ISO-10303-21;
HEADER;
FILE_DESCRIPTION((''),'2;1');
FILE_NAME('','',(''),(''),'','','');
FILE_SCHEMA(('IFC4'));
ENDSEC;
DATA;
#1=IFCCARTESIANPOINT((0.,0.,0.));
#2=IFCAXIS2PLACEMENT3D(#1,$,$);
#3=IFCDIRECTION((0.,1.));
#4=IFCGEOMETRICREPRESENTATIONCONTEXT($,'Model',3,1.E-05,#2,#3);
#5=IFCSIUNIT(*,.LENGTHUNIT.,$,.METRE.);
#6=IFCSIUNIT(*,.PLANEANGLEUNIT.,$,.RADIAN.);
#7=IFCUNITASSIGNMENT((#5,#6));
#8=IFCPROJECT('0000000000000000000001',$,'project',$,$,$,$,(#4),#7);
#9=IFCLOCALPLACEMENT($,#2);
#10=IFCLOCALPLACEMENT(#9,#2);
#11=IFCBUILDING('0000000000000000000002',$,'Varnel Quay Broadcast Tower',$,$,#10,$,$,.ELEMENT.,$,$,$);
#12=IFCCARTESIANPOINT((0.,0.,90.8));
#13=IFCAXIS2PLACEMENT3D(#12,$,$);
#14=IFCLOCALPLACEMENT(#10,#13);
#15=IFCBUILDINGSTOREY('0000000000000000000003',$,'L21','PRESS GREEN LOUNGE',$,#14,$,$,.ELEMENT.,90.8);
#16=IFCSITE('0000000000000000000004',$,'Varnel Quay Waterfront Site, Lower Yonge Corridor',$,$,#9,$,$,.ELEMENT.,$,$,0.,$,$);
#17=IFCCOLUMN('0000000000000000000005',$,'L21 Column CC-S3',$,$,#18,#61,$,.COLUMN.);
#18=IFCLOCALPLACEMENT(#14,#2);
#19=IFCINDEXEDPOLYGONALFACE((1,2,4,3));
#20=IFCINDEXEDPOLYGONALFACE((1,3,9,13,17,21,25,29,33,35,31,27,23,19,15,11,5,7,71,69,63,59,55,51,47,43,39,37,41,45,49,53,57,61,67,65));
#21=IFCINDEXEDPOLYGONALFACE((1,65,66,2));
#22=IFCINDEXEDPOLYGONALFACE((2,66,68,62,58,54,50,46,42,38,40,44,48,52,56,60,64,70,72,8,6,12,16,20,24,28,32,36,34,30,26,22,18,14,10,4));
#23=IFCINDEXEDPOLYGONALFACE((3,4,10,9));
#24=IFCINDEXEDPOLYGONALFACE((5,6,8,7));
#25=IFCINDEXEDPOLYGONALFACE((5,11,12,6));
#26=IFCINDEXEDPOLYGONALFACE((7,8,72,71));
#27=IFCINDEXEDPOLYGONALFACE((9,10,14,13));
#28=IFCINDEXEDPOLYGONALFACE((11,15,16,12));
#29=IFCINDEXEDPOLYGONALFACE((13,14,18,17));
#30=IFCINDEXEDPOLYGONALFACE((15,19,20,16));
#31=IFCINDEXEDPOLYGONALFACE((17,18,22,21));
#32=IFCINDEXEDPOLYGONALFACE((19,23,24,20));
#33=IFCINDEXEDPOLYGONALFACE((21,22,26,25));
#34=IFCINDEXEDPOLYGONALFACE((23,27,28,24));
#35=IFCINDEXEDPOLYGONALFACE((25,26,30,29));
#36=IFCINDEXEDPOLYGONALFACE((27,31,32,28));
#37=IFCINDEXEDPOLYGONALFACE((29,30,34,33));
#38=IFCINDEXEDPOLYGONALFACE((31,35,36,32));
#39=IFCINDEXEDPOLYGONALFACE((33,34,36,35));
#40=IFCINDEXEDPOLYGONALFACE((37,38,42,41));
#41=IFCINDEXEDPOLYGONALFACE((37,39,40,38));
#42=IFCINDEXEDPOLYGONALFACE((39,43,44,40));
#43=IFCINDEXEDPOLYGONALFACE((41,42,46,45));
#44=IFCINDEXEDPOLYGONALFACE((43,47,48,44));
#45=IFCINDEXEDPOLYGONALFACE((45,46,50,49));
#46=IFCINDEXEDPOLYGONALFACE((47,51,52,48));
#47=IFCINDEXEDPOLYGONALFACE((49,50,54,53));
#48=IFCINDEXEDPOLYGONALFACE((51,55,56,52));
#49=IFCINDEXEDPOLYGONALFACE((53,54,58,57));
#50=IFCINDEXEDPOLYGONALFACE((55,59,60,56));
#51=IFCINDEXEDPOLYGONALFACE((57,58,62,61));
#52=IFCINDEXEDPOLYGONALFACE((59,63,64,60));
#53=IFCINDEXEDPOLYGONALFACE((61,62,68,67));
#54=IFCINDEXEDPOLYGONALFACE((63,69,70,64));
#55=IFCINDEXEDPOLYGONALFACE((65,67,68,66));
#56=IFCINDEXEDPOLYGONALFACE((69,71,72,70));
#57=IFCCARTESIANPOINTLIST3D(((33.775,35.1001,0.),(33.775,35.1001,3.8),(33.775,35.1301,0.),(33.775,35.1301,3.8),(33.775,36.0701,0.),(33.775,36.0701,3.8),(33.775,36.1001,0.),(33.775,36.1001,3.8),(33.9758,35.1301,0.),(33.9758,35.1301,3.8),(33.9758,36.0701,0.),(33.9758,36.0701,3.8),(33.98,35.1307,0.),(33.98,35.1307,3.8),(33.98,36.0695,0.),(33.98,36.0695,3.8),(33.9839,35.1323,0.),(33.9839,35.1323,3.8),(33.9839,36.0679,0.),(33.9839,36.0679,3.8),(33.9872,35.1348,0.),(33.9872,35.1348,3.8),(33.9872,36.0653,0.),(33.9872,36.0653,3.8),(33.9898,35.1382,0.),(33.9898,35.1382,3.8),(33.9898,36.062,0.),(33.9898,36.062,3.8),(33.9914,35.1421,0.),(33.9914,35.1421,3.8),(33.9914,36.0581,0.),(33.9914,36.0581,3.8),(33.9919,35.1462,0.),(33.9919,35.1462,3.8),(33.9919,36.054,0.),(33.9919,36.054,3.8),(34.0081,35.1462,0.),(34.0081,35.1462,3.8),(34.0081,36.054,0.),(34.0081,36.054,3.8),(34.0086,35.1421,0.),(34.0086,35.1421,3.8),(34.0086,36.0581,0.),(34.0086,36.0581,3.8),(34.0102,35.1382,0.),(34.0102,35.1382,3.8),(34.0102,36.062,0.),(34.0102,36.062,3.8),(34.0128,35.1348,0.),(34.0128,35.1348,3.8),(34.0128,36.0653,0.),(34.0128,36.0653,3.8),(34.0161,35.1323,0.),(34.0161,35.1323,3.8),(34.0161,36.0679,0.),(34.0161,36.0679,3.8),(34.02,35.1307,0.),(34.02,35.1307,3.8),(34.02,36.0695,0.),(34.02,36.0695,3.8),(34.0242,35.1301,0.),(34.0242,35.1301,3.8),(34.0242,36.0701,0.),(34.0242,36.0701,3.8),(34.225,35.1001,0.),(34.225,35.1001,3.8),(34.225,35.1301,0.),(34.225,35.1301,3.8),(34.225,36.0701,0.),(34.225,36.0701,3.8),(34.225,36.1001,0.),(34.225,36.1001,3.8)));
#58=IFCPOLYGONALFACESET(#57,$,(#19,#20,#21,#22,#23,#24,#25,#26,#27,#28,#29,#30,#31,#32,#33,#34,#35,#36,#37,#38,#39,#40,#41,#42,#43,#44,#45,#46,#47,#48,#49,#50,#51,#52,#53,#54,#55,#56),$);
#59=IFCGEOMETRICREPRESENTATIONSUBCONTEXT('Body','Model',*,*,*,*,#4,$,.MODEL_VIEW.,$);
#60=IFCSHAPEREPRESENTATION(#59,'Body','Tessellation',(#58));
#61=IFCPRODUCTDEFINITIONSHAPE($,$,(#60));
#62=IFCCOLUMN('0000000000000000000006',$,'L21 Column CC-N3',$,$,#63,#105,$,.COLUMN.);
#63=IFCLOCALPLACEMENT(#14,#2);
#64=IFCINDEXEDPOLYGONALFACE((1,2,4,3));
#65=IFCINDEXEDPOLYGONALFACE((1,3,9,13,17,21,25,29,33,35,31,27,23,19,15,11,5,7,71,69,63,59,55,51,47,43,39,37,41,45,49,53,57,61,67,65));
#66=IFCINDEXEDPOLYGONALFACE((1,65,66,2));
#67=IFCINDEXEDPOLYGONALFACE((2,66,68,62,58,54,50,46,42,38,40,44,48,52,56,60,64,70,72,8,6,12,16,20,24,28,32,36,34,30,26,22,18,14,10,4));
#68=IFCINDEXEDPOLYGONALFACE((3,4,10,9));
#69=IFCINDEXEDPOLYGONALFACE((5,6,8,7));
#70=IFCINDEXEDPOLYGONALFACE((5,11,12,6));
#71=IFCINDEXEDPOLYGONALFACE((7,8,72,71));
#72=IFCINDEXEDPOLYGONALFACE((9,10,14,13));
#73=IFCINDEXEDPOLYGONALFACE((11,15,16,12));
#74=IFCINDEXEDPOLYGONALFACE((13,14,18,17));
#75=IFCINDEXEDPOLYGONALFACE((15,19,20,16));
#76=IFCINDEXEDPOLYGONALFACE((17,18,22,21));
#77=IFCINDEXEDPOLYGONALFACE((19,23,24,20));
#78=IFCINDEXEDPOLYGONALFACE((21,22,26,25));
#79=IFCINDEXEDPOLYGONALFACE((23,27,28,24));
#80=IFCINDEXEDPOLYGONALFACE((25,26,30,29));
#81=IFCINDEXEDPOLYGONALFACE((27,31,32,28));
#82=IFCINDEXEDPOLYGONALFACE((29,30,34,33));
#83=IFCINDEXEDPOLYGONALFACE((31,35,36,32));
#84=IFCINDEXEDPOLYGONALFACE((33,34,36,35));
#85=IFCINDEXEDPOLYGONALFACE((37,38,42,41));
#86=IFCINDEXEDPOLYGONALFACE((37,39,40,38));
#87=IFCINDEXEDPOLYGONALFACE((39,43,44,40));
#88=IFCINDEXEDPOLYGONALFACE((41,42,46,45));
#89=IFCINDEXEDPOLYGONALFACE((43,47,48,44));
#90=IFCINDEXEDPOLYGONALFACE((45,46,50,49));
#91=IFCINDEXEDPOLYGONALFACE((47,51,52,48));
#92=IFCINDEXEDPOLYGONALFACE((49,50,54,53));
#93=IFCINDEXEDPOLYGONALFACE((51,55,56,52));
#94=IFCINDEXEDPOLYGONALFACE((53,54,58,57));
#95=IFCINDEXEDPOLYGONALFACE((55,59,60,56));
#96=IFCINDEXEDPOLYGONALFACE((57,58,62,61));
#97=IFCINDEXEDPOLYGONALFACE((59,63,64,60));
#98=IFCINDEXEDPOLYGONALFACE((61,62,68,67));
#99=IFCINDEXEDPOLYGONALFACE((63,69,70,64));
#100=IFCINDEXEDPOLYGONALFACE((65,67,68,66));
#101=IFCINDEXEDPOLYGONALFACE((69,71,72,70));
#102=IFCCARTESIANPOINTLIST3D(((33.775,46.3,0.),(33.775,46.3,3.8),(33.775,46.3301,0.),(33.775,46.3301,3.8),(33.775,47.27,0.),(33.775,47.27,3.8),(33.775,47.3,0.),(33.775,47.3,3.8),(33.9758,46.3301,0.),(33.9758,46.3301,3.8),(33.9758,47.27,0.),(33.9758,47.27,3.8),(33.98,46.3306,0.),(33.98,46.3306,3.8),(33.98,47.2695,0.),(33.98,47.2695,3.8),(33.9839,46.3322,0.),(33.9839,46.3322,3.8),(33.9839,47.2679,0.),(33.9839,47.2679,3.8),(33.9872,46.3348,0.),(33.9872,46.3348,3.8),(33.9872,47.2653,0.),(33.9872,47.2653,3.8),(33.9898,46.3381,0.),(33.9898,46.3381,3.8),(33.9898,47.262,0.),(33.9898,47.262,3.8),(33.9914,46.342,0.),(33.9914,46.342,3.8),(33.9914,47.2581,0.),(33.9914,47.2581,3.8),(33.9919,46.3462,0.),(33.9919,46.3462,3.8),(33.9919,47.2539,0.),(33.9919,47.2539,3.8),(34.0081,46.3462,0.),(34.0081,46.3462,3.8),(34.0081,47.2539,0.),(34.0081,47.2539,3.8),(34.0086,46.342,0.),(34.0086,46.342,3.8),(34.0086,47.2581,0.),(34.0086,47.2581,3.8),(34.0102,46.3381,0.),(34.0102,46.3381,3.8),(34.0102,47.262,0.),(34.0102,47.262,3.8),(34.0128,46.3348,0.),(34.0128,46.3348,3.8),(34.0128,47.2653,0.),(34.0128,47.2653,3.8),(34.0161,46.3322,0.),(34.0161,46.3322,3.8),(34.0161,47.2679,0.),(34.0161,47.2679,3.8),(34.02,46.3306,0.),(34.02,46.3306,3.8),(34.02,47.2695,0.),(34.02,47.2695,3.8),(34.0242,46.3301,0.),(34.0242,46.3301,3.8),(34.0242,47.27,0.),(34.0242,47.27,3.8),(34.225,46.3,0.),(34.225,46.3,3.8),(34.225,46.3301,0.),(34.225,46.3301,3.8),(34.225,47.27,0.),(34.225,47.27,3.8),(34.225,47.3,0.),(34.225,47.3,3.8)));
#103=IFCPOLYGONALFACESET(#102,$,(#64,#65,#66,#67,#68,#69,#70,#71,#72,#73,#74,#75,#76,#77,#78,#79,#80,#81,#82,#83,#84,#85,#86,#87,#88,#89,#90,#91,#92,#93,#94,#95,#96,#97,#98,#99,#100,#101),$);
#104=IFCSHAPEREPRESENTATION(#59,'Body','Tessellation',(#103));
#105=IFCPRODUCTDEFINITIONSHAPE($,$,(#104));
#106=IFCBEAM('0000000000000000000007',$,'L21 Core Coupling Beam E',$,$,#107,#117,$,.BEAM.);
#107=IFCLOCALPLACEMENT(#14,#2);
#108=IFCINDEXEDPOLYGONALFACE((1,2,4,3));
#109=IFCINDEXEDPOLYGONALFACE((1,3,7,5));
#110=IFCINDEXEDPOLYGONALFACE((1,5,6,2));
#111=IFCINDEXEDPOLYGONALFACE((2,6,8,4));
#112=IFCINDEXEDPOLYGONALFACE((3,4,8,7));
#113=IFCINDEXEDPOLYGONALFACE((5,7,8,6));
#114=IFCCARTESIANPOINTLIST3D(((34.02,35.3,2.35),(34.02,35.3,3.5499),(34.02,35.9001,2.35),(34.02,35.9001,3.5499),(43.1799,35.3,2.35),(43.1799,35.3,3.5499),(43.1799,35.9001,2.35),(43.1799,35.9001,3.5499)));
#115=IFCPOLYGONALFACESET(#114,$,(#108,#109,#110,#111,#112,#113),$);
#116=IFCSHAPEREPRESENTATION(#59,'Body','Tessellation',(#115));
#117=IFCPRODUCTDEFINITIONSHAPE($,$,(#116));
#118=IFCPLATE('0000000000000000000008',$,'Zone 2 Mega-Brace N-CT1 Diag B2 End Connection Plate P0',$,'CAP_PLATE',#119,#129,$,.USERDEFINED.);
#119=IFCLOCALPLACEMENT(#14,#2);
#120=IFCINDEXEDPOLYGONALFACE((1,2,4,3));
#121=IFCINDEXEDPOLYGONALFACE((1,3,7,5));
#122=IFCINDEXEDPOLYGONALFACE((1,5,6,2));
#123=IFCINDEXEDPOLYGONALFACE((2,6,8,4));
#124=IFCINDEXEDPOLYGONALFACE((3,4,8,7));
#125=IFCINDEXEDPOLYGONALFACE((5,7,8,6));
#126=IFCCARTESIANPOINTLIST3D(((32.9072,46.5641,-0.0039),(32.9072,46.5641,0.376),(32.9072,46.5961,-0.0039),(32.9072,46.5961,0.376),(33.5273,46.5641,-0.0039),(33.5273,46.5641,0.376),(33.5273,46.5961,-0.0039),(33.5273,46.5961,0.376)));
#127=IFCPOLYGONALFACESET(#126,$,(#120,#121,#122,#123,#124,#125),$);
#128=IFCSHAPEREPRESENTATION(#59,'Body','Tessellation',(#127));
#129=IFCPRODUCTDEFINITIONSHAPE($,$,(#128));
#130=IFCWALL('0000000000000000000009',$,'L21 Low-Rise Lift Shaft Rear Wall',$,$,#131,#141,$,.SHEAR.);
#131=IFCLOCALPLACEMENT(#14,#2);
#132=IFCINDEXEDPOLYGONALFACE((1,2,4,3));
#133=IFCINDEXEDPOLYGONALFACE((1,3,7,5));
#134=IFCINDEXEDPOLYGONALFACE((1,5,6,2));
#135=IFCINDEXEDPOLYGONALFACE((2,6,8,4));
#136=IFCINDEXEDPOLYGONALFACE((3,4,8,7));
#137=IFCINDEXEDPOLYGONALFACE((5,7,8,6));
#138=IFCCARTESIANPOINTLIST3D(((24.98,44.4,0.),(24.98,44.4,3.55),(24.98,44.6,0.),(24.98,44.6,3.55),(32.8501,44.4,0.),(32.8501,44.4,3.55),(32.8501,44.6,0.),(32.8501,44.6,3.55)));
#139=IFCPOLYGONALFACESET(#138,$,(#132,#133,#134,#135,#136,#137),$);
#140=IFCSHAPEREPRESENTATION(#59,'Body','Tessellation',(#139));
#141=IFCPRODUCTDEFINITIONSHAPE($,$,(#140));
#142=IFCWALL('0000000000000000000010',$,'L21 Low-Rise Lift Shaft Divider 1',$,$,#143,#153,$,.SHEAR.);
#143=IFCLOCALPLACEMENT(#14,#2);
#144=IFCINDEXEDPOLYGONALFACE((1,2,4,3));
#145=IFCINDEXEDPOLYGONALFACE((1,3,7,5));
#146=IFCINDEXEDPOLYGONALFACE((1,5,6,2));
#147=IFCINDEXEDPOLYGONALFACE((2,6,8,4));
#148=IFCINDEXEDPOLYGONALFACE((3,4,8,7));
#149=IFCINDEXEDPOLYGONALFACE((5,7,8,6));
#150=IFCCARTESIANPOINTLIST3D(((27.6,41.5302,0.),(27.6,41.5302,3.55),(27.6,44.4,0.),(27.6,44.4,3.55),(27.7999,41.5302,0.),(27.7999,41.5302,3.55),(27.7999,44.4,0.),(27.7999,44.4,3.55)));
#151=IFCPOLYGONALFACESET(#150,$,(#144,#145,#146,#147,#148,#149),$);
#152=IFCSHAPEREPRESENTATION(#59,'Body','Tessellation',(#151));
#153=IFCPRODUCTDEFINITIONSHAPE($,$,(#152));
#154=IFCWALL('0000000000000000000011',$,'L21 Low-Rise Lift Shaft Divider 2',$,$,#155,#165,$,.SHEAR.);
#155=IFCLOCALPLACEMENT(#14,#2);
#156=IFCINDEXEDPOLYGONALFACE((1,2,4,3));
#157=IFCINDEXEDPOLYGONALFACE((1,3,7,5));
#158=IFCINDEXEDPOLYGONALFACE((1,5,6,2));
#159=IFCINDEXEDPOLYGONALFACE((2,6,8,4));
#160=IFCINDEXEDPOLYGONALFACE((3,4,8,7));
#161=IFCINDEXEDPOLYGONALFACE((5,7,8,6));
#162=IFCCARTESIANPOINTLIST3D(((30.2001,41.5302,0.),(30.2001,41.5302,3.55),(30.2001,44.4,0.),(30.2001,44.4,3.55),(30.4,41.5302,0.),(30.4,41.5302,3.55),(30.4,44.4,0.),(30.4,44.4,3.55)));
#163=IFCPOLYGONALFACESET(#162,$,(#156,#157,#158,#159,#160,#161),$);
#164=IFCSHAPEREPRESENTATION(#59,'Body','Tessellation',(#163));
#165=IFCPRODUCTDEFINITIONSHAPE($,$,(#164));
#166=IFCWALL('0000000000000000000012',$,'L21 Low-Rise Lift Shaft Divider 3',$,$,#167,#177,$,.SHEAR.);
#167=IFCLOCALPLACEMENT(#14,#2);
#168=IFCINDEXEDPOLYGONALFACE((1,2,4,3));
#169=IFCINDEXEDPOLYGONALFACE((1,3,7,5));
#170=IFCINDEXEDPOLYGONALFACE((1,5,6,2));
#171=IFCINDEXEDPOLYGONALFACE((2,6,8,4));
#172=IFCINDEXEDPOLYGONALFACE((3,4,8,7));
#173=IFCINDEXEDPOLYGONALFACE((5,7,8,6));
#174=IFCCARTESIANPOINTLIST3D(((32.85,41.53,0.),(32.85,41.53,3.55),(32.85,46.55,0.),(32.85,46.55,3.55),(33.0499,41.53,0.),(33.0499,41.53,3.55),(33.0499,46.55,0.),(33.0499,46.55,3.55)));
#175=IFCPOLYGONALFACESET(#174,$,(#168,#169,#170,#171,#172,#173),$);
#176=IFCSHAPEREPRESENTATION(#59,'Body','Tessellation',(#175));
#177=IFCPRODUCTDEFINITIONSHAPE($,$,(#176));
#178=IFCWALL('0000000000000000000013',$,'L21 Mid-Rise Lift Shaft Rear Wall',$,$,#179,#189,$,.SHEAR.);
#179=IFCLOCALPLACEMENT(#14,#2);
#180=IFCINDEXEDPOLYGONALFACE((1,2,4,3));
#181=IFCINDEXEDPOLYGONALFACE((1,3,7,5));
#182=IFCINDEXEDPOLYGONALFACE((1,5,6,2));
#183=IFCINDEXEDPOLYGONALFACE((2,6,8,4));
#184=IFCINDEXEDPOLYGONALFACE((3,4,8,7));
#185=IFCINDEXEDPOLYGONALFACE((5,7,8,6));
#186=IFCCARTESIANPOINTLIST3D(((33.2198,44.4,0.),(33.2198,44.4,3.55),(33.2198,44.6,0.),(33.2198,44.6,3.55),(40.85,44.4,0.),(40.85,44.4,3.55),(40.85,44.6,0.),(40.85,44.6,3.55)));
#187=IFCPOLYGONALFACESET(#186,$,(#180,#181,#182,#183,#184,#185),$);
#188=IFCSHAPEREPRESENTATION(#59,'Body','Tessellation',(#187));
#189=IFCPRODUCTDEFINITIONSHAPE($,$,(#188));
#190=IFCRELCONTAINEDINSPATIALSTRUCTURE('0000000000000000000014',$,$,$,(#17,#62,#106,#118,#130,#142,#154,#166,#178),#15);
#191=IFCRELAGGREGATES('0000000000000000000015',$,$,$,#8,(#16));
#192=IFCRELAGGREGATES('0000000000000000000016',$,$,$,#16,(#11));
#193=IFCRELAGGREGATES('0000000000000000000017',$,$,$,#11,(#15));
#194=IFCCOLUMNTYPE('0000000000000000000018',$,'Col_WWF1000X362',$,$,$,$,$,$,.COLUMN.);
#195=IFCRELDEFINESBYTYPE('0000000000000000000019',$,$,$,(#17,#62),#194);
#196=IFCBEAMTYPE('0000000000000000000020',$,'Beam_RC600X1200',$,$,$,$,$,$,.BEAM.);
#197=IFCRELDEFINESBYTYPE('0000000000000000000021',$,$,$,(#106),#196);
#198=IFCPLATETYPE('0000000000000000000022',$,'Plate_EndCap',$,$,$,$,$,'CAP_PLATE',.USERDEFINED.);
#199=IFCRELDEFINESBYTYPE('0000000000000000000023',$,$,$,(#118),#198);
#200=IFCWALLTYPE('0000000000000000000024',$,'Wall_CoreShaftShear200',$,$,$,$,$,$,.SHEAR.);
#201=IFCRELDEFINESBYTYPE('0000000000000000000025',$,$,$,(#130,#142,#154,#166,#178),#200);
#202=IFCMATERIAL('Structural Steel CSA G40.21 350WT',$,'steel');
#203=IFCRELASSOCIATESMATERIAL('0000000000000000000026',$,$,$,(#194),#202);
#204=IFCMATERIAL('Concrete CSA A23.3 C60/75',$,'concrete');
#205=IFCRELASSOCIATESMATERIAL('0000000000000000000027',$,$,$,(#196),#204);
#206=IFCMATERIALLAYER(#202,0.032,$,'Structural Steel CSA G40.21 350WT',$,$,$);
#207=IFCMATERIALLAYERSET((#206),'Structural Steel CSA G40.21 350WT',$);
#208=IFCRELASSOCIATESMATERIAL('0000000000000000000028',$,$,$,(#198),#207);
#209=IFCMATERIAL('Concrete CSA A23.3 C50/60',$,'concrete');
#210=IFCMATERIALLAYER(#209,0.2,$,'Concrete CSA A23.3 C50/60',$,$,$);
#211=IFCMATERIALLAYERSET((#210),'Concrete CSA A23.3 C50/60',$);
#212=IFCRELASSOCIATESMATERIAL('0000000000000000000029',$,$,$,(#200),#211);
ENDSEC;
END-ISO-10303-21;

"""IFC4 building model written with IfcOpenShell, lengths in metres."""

from ifc_helpers import new_model, si_unit, direction, frame, frame_2d, origin, origin_2d, place, context, subcontext, project, spatial, rectangle, i_section, extrude, source, transform, mapped, material, layer, layer_set, material_profile, profile_set, type_object, type_shapes, element, save


model = new_model("IFC4")

# Units and contexts
model_context = context("Model", 3, precision=1e-05, world=origin(), true_north=direction((0.0, 1.0)))
body_context = subcontext(model_context, "Body", "Model", "MODEL_VIEW")
ifc_project = project(units=[si_unit("LENGTHUNIT", "METRE"), si_unit("PLANEANGLEUNIT", "RADIAN")], contexts=[model_context])

# Site, building, storey
site_placement = place(None, origin())
site = spatial("IfcSite", under=ifc_project, at=site_placement, Name="Varnel Quay Waterfront Site, Lower Yonge Corridor", CompositionType="ELEMENT", RefElevation=0.0)
building_placement = place(site_placement, origin())
building = spatial("IfcBuilding", under=site, at=building_placement, Name="Varnel Quay Broadcast Tower", CompositionType="ELEMENT")
storey_placement = place(building_placement, frame((0.0, 0.0, 90.8)))
storey = spatial("IfcBuildingStorey", under=building, at=storey_placement, Name="L21", Description="PRESS GREEN LOUNGE", CompositionType="ELEMENT", Elevation=90.8)

# Columns
ifc_material_1 = material(Name="Structural Steel CSA G40.21 350WT", Category="steel")
ifc_material_profile_1 = material_profile(ifc_material_1, i_section(OverallWidth=0.45, OverallDepth=1.0, WebThickness=0.0161, FlangeThickness=0.03, FilletRadius=0.0161, at=origin_2d()), Name="WWF1000X362")
ifc_profile_set_1 = profile_set([ifc_material_profile_1], Name="Structural Steel CSA G40.21 350WT")
column_type = type_object("IfcColumnType", Name="Col_WWF1000X362", PredefinedType="COLUMN", material=ifc_profile_set_1)
shared_shape_1 = source(origin(), body_context, "Body", "SweptSolid", [
    extrude(i_section(OverallWidth=0.45, OverallDepth=1.0, WebThickness=0.0161, FlangeThickness=0.03, FilletRadius=0.0161, at=origin_2d()), origin(), (0.0, 0.0, 1.0), 3.8),
])
type_shapes(column_type, [shared_shape_1])
for number, where, z_axis, x_axis, name in (
    (1, (34.0, 35.6001, 0.0), (0.0, 0.0, 1.0), (1.0, 0.0, 0.0), "L21 Column CC-S3"),
    (2, (34.0, 46.8, 0.0), (0.0, 0.0, 1.0), (1.0, 0.0, 0.0), "L21 Column CC-N3"),
):
    element("IfcColumn", number, at=place(storey_placement, frame(where, z_axis=z_axis, x_axis=x_axis)), inside=storey, type_object=column_type, Name=name, PredefinedType="COLUMN", context=body_context, shape_type="MappedRepresentation", body=[
        mapped(shared_shape_1, transform((0.0, 0.0, 0.0), x_axis=(1.0, 0.0, 0.0), y_axis=(0.0, 1.0, 0.0), z_axis=(0.0, 0.0, 1.0), scale=1.0)),
    ])

# Beam
ifc_material_2 = material(Name="Concrete CSA A23.3 C60/75", Category="concrete")
ifc_material_profile_2 = material_profile(ifc_material_2, rectangle(XDim=0.6001, YDim=1.2, at=origin_2d()), Name="RC600X1200")
ifc_profile_set_2 = profile_set([ifc_material_profile_2], Name="Concrete CSA A23.3 C60/75")
beam_type = type_object("IfcBeamType", Name="Beam_RC600X1200", PredefinedType="BEAM", material=ifc_profile_set_2)
shared_shape_2 = source(origin(), body_context, "Body", "SweptSolid", [
    extrude(rectangle(XDim=0.6001, YDim=1.2, at=origin_2d()), origin(), (0.0, 0.0, 1.0), 9.1599),
])
type_shapes(beam_type, [shared_shape_2])
beam_placement = place(storey_placement, frame((34.02, 35.6001, 2.95), z_axis=(1.0, 0.0, 0.0), x_axis=(0.0, 1.0, 0.0)))
element("IfcBeam", 3, at=beam_placement, inside=storey, type_object=beam_type, Name="L21 Core Coupling Beam E", PredefinedType="BEAM", context=body_context, shape_type="MappedRepresentation", body=[
    mapped(shared_shape_2, transform((0.0, 0.0, 0.0), x_axis=(1.0, 0.0, 0.0), y_axis=(0.0, 1.0, 0.0), z_axis=(0.0, 0.0, 1.0), scale=1.0)),
])

# Plate
ifc_layer_1 = layer(ifc_material_1, 0.032, Name="Structural Steel CSA G40.21 350WT")
ifc_layer_set_1 = layer_set([ifc_layer_1], Name="Structural Steel CSA G40.21 350WT")
plate_type = type_object("IfcPlateType", Name="Plate_EndCap", ElementType="CAP_PLATE", PredefinedType="USERDEFINED", material=ifc_layer_set_1)
shared_shape_3 = source(origin(), body_context, "Body", "SweptSolid", [
    extrude(rectangle(XDim=0.6201, YDim=0.032, at=origin_2d()), origin(), (0.0, 0.0, 1.0), 0.3799),
])
type_shapes(plate_type, [shared_shape_3])
plate_placement = place(storey_placement, frame((33.2173, 46.5801, -0.0039), z_axis=(0.0, 0.0, 1.0), x_axis=(1.0, 0.0, 0.0)))
element("IfcPlate", 4, at=plate_placement, inside=storey, type_object=plate_type, Name="Zone 2 Mega-Brace N-CT1 Diag B2 End Connection Plate P0", ObjectType="CAP_PLATE", PredefinedType="USERDEFINED", context=body_context, shape_type="MappedRepresentation", body=[
    mapped(shared_shape_3, transform((0.0, 0.0, 0.0), x_axis=(1.0, 0.0, 0.0), y_axis=(0.0, 1.0, 0.0), z_axis=(0.0, 0.0, 1.0), scale=1.0)),
])

# Walls
ifc_material_3 = material(Name="Concrete CSA A23.3 C50/60", Category="concrete")
ifc_layer_2 = layer(ifc_material_3, 0.2, Name="Concrete CSA A23.3 C50/60")
ifc_layer_set_2 = layer_set([ifc_layer_2], Name="Concrete CSA A23.3 C50/60")
wall_type_1 = type_object("IfcWallType", Name="Wall_CoreShaftShear200", PredefinedType="SHEAR", material=ifc_layer_set_2)
wall_1_placement = place(storey_placement, frame((24.98, 44.5, 0.0), z_axis=(0.0, 0.0, 1.0), x_axis=(1.0, 0.0, 0.0)))
element("IfcWall", 5, at=wall_1_placement, inside=storey, type_object=wall_type_1, Name="L21 Low-Rise Lift Shaft Rear Wall", PredefinedType="SHEAR", context=body_context, shape_type="SweptSolid", body=[
    extrude(rectangle(XDim=7.8701, YDim=0.2, at=frame_2d((3.9351, 0.0))), origin(), (0.0, 0.0, 1.0), 3.55),
])
for number, where, z_axis, x_axis, name in (
    (6, (27.7, 41.53, 0.0), (0.0, 0.0, 1.0), (0.0, 1.0, 0.0), "L21 Low-Rise Lift Shaft Divider 1"),
    (7, (30.3, 41.53, 0.0), (0.0, 0.0, 1.0), (0.0, 1.0, 0.0), "L21 Low-Rise Lift Shaft Divider 2"),
):
    element("IfcWall", number, at=place(storey_placement, frame(where, z_axis=z_axis, x_axis=x_axis)), inside=storey, type_object=wall_type_1, Name=name, PredefinedType="SHEAR", context=body_context, shape_type="SweptSolid", body=[
        extrude(rectangle(XDim=2.8699, YDim=0.2, at=frame_2d((1.4351, 0.0))), origin(), (0.0, 0.0, 1.0), 3.55),
    ])
wall_2_placement = place(storey_placement, frame((32.95, 41.53, 0.0), z_axis=(0.0, 0.0, 1.0), x_axis=(0.0, 1.0, 0.0)))
element("IfcWall", 8, at=wall_2_placement, inside=storey, type_object=wall_type_1, Name="L21 Low-Rise Lift Shaft Divider 3", PredefinedType="SHEAR", context=body_context, shape_type="SweptSolid", body=[
    extrude(rectangle(XDim=5.02, YDim=0.2, at=frame_2d((2.51, 0.0))), origin(), (0.0, 0.0, 1.0), 3.55),
])
wall_3_placement = place(storey_placement, frame((33.22, 44.5, 0.0), z_axis=(0.0, 0.0, 1.0), x_axis=(1.0, 0.0, 0.0)))
element("IfcWall", 9, at=wall_3_placement, inside=storey, type_object=wall_type_1, Name="L21 Mid-Rise Lift Shaft Rear Wall", PredefinedType="SHEAR", context=body_context, shape_type="SweptSolid", body=[
    extrude(rectangle(XDim=7.6301, YDim=0.2, at=frame_2d((3.8149, 0.0))), origin(), (0.0, 0.0, 1.0), 3.55),
])

save(model, "model.ifc")
